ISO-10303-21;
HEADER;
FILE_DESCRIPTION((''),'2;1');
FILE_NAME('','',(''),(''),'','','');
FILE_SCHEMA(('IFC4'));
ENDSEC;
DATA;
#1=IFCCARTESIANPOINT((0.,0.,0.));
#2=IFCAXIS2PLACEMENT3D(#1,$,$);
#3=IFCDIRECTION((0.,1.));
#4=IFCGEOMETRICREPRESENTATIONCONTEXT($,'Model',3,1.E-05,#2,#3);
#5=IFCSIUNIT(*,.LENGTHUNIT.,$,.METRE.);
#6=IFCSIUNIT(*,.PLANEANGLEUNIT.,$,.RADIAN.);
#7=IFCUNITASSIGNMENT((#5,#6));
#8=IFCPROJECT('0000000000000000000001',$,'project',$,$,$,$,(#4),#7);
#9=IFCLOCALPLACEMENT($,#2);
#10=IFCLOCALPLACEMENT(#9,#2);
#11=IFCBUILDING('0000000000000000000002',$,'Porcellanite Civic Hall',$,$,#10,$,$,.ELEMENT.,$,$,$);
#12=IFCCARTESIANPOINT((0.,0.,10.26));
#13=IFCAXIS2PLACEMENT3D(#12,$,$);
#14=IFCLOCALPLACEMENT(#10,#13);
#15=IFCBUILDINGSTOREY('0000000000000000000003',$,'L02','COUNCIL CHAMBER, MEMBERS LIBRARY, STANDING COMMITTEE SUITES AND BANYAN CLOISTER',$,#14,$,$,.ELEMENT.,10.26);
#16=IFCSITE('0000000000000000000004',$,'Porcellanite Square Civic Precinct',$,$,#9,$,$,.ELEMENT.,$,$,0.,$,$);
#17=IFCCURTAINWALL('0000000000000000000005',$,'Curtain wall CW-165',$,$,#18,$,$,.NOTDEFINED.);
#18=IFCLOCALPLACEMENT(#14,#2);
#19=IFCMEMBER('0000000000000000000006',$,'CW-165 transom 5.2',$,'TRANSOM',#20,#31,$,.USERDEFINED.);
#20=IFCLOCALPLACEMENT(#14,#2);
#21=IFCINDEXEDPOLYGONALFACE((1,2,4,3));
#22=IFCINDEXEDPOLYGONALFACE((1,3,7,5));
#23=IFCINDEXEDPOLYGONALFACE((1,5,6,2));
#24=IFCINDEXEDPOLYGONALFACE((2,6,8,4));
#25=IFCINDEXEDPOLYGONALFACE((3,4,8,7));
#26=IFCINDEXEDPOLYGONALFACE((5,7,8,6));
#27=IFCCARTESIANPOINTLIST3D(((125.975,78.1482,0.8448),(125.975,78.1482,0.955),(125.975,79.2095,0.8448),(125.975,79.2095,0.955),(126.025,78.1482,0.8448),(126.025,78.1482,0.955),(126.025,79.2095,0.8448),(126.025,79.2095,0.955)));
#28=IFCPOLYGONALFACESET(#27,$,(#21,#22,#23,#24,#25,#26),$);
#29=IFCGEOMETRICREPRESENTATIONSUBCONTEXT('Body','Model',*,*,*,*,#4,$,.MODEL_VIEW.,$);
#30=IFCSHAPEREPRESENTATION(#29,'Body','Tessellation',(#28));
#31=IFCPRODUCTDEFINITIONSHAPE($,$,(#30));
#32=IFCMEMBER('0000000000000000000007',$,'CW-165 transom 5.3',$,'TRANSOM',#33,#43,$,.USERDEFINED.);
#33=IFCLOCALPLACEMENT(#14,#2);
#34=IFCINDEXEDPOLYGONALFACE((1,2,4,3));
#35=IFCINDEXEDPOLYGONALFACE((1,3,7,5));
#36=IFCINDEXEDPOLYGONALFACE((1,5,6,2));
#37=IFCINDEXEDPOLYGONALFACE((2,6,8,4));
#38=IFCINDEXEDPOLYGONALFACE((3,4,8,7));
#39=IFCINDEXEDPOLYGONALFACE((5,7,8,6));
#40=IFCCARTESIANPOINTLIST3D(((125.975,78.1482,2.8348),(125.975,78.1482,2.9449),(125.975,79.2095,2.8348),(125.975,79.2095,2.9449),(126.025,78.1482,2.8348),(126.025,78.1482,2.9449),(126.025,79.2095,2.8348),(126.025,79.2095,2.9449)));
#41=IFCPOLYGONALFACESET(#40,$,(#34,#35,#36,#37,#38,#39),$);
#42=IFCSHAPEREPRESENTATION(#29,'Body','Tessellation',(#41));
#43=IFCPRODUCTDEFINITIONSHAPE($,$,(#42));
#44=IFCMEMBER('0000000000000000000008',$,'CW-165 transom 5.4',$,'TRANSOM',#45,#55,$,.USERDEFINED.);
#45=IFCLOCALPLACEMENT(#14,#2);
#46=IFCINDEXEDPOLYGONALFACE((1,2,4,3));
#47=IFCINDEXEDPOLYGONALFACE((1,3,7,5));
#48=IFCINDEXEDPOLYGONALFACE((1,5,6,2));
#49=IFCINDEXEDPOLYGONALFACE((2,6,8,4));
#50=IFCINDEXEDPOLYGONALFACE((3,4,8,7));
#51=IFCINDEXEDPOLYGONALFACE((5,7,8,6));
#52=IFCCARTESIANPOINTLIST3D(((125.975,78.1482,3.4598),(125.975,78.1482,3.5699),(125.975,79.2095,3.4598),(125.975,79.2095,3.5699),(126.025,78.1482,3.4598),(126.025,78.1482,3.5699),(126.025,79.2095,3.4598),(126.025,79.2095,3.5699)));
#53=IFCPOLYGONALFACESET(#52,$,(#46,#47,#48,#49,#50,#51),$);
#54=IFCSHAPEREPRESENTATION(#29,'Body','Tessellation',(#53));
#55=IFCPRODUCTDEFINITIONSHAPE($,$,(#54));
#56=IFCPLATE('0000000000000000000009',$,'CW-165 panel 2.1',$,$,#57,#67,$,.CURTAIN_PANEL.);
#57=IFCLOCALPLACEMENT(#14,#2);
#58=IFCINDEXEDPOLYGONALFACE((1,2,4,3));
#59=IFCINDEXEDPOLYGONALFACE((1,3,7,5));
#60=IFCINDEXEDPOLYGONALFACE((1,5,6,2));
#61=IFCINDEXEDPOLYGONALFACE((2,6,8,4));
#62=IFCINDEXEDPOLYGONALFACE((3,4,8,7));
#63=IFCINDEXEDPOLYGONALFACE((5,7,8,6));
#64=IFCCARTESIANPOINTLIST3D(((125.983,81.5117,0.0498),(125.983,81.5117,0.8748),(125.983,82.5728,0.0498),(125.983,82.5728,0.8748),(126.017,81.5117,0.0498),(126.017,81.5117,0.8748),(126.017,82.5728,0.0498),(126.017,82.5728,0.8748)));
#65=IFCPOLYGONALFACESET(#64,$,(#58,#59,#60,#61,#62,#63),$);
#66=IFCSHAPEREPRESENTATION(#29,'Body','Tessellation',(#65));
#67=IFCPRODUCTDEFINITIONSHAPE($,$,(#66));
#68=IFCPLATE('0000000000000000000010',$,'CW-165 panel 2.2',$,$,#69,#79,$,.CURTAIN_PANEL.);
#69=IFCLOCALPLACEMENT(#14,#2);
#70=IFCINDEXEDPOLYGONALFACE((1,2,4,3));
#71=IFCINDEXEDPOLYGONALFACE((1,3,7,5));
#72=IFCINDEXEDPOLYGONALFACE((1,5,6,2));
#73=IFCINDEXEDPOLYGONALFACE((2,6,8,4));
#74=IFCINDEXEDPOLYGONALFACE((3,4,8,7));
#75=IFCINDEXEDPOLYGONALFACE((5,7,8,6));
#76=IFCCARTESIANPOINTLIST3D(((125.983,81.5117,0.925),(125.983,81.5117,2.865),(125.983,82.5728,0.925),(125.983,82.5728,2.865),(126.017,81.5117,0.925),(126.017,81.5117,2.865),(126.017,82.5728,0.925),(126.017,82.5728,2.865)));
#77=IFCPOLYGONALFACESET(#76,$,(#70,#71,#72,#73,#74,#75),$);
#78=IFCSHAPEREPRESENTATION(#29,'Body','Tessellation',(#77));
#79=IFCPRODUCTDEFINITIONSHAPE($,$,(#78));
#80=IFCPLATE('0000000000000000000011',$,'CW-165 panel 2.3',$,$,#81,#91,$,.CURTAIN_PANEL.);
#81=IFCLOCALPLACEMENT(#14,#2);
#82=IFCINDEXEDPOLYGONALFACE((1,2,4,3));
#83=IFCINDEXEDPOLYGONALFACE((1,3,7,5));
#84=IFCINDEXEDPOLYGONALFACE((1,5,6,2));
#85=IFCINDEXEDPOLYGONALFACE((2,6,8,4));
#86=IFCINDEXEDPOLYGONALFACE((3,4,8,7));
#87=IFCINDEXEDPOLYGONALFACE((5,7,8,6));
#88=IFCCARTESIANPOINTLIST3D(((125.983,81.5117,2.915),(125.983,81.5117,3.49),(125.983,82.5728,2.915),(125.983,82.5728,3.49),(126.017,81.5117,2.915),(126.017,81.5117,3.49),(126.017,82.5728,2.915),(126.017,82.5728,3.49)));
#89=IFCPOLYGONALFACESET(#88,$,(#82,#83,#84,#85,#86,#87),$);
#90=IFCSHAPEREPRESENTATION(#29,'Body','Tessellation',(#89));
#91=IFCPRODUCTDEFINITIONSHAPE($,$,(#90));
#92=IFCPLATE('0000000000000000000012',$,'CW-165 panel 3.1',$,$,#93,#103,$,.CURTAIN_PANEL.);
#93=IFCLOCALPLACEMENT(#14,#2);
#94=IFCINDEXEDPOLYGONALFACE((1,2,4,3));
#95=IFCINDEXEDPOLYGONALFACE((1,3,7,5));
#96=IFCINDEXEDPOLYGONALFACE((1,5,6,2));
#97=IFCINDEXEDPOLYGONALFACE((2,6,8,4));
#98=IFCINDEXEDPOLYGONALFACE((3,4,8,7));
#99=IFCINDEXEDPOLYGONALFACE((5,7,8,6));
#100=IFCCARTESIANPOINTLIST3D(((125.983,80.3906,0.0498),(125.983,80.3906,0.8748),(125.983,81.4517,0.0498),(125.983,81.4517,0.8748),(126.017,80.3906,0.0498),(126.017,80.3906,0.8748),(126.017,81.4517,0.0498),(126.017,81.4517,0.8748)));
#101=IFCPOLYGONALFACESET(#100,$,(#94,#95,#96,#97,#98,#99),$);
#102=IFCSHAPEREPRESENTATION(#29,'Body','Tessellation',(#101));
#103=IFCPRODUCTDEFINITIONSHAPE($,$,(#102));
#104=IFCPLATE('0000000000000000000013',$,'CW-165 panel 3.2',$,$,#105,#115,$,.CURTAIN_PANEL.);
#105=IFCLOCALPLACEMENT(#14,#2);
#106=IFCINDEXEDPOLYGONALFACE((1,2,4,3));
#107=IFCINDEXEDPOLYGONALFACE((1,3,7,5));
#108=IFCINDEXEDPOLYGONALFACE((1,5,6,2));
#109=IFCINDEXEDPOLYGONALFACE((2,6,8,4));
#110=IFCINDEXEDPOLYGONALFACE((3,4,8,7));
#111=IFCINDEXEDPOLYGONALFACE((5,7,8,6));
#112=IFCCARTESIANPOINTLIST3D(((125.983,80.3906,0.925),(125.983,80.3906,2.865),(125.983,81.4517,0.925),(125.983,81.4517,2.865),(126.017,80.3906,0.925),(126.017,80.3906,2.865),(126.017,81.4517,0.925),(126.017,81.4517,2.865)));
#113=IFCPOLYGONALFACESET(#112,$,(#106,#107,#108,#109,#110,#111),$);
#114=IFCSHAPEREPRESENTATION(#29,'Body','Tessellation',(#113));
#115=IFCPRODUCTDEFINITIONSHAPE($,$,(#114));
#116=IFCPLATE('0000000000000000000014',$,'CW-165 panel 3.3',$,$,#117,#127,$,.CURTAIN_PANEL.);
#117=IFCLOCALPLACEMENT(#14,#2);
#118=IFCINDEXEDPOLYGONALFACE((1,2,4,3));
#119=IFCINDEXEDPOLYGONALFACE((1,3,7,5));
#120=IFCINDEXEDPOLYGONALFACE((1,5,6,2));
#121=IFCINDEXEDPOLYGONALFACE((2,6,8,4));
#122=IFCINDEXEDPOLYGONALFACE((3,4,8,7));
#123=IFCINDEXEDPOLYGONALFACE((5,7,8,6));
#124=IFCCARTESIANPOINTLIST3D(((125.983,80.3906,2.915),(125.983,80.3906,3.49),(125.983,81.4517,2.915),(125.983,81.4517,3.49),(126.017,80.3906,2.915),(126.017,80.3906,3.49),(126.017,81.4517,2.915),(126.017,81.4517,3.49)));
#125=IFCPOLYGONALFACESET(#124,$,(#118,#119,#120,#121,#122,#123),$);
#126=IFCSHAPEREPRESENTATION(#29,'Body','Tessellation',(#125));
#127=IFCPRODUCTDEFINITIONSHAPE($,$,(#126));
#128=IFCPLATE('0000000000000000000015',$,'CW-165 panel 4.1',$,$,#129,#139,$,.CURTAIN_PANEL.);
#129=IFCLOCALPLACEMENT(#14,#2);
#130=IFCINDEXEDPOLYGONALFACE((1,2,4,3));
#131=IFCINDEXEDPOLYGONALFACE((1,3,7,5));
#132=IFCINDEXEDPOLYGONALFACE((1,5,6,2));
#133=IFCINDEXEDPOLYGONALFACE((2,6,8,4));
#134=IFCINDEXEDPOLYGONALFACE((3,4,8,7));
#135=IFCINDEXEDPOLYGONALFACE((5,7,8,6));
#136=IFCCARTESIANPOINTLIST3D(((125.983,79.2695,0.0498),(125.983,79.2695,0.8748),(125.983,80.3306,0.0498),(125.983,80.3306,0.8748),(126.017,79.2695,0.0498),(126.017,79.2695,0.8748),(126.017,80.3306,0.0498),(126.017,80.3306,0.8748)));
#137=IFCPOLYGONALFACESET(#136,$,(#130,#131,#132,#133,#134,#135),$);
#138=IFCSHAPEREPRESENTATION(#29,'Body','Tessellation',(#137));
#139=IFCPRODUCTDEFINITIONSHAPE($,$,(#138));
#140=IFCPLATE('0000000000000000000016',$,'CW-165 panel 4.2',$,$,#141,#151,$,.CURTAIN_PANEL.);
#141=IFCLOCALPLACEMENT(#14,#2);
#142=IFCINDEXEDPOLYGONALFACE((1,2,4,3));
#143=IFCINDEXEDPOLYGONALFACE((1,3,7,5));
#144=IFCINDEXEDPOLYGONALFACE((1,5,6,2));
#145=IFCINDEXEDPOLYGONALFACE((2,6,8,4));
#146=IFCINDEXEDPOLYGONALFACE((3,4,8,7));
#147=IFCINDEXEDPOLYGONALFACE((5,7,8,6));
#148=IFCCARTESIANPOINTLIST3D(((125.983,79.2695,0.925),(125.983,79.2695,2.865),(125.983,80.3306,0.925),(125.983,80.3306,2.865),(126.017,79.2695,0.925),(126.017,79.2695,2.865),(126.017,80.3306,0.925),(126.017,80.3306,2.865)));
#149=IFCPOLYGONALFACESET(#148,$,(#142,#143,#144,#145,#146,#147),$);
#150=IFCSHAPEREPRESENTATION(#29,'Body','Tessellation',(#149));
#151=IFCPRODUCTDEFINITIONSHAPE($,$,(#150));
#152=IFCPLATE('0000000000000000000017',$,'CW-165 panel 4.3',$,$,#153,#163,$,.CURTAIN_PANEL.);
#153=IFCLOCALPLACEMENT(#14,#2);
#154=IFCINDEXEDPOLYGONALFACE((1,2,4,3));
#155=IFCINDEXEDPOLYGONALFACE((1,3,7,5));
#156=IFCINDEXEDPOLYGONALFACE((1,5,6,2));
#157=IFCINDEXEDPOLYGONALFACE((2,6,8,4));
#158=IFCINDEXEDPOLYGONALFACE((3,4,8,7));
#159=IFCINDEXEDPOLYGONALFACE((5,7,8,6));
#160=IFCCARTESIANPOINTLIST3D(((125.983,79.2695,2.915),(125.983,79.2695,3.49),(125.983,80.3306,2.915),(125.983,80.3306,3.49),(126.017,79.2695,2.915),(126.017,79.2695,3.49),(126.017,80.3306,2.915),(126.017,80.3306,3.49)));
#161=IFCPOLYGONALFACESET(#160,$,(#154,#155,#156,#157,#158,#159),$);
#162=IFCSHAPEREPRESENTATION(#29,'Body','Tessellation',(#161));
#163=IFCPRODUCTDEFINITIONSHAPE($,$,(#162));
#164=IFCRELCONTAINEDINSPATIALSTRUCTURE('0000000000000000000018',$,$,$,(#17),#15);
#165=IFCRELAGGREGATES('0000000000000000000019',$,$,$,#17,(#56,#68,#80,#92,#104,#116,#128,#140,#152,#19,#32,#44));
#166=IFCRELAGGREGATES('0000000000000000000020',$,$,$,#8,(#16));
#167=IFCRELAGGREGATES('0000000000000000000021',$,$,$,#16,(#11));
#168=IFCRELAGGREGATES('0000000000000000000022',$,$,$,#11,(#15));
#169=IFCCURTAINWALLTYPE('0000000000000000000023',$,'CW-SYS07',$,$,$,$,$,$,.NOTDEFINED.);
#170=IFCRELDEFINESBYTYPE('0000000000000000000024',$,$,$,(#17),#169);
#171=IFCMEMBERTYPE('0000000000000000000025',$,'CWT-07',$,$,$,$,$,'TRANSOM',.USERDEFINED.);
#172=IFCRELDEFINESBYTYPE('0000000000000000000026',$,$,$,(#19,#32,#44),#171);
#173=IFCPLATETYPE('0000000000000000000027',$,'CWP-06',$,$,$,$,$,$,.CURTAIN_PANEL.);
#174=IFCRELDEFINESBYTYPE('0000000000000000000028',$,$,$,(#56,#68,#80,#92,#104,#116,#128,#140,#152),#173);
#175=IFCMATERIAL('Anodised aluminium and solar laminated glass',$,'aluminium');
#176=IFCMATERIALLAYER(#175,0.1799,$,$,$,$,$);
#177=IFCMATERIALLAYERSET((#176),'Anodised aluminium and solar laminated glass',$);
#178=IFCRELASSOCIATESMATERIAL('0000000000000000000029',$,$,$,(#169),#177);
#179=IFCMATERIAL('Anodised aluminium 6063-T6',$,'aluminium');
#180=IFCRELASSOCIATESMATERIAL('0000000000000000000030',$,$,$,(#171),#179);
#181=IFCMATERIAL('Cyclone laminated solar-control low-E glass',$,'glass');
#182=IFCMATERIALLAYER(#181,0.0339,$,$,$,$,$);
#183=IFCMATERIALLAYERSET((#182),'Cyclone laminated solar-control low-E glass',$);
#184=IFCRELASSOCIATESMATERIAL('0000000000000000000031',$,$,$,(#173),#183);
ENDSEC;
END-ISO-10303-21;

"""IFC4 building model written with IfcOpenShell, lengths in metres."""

from ifc_helpers import new_model, si_unit, direction, frame, origin, origin_2d, place, context, subcontext, project, spatial, rectangle, extrude, material, layer, layer_set, material_profile, profile_set, type_object, element, aggregate, save


model = new_model("IFC4")

# Units and contexts
model_context = context("Model", 3, precision=1e-05, world=origin(), true_north=direction((0.0, 1.0)))
body_context = subcontext(model_context, "Body", "Model", "MODEL_VIEW")
ifc_project = project(units=[si_unit("LENGTHUNIT", "METRE"), si_unit("PLANEANGLEUNIT", "RADIAN")], contexts=[model_context])

# Site, building, storey
site_placement = place(None, origin())
site = spatial("IfcSite", under=ifc_project, at=site_placement, Name="Porcellanite Square Civic Precinct", CompositionType="ELEMENT", RefElevation=0.0)
building_placement = place(site_placement, origin())
building = spatial("IfcBuilding", under=site, at=building_placement, Name="Porcellanite Civic Hall", CompositionType="ELEMENT")
storey_placement = place(building_placement, frame((0.0, 0.0, 10.26)))
storey = spatial("IfcBuildingStorey", under=building, at=storey_placement, Name="L02", Description="COUNCIL CHAMBER, MEMBERS LIBRARY, STANDING COMMITTEE SUITES AND BANYAN CLOISTER", CompositionType="ELEMENT", Elevation=10.26)

# Curtain wall, members, plates
ifc_material_1 = material(Name="Anodised aluminium and solar laminated glass", Category="aluminium")
ifc_layer_1 = layer(ifc_material_1, 0.1799)
ifc_layer_set_1 = layer_set([ifc_layer_1], Name="Anodised aluminium and solar laminated glass")
curtain_wall_type = type_object("IfcCurtainWallType", Name="CW-SYS07", PredefinedType="NOTDEFINED", material=ifc_layer_set_1)
curtain_wall_placement = place(storey_placement, origin())
curtain_wall = element("IfcCurtainWall", 1, at=curtain_wall_placement, inside=storey, type_object=curtain_wall_type, Name="Curtain wall CW-165", PredefinedType="NOTDEFINED")
ifc_material_2 = material(Name="Anodised aluminium 6063-T6", Category="aluminium")
ifc_material_profile_1 = material_profile(ifc_material_2, rectangle(XDim=0.05, YDim=0.1101, at=origin_2d()), Name="AL-50x110")
ifc_profile_set_1 = profile_set([ifc_material_profile_1], Name="Anodised aluminium 6063-T6")
member_type_1 = type_object("IfcMemberType", Name="CWT-07", ElementType="TRANSOM", PredefinedType="USERDEFINED", material=ifc_profile_set_1)
member_1_placement = place(storey_placement, frame((126.0, 79.2095, 0.8999), z_axis=(0.0, -1.0, 0.0), x_axis=(1.0, 0.0, 0.0)))
member_1 = element("IfcMember", 2, at=member_1_placement, type_object=member_type_1, Name="CW-165 transom 5.2", ObjectType="TRANSOM", PredefinedType="USERDEFINED", context=body_context, shape_type="SweptSolid", body=[
    extrude(rectangle(XDim=0.05, YDim=0.1101, at=origin_2d()), origin(), (0.0, 0.0, 1.0), 1.0613),
])
member_2_placement = place(storey_placement, frame((126.0, 79.2095, 2.8899), z_axis=(0.0, -1.0, 0.0), x_axis=(1.0, 0.0, 0.0)))
member_2 = element("IfcMember", 3, at=member_2_placement, type_object=member_type_1, Name="CW-165 transom 5.3", ObjectType="TRANSOM", PredefinedType="USERDEFINED", context=body_context, shape_type="SweptSolid", body=[
    extrude(rectangle(XDim=0.05, YDim=0.1101, at=origin_2d()), origin(), (0.0, 0.0, 1.0), 1.0613),
])
member_3_placement = place(storey_placement, frame((126.0, 79.2095, 3.5149), z_axis=(0.0, -1.0, 0.0), x_axis=(1.0, 0.0, 0.0)))
member_3 = element("IfcMember", 4, at=member_3_placement, type_object=member_type_1, Name="CW-165 transom 5.4", ObjectType="TRANSOM", PredefinedType="USERDEFINED", context=body_context, shape_type="SweptSolid", body=[
    extrude(rectangle(XDim=0.05, YDim=0.1101, at=origin_2d()), origin(), (0.0, 0.0, 1.0), 1.0613),
])
ifc_material_3 = material(Name="Cyclone laminated solar-control low-E glass", Category="glass")
ifc_layer_2 = layer(ifc_material_3, 0.0339)
ifc_layer_set_2 = layer_set([ifc_layer_2], Name="Cyclone laminated solar-control low-E glass")
plate_type = type_object("IfcPlateType", Name="CWP-06", PredefinedType="CURTAIN_PANEL", material=ifc_layer_set_2)
plate_1_placement = place(storey_placement, frame((126.0, 82.0422, 0.0498), z_axis=(0.0, 0.0, 1.0), x_axis=(0.0, -1.0, 0.0)))
plate_1 = element("IfcPlate", 5, at=plate_1_placement, type_object=plate_type, Name="CW-165 panel 2.1", PredefinedType="CURTAIN_PANEL", context=body_context, shape_type="SweptSolid", body=[
    extrude(rectangle(XDim=1.061, YDim=0.0339, at=origin_2d()), origin(), (0.0, 0.0, 1.0), 0.825),
])
plate_2_placement = place(storey_placement, frame((126.0, 82.0422, 0.925), z_axis=(0.0, 0.0, 1.0), x_axis=(0.0, -1.0, 0.0)))
plate_2 = element("IfcPlate", 6, at=plate_2_placement, type_object=plate_type, Name="CW-165 panel 2.2", PredefinedType="CURTAIN_PANEL", context=body_context, shape_type="SweptSolid", body=[
    extrude(rectangle(XDim=1.061, YDim=0.0339, at=origin_2d()), origin(), (0.0, 0.0, 1.0), 1.9399),
])
plate_3_placement = place(storey_placement, frame((126.0, 82.0422, 2.915), z_axis=(0.0, 0.0, 1.0), x_axis=(0.0, -1.0, 0.0)))
plate_3 = element("IfcPlate", 7, at=plate_3_placement, type_object=plate_type, Name="CW-165 panel 2.3", PredefinedType="CURTAIN_PANEL", context=body_context, shape_type="SweptSolid", body=[
    extrude(rectangle(XDim=1.061, YDim=0.0339, at=origin_2d()), origin(), (0.0, 0.0, 1.0), 0.575),
])
plate_4_placement = place(storey_placement, frame((126.0, 80.9211, 0.0498), z_axis=(0.0, 0.0, 1.0), x_axis=(0.0, -1.0, 0.0)))
plate_4 = element("IfcPlate", 8, at=plate_4_placement, type_object=plate_type, Name="CW-165 panel 3.1", PredefinedType="CURTAIN_PANEL", context=body_context, shape_type="SweptSolid", body=[
    extrude(rectangle(XDim=1.061, YDim=0.0339, at=origin_2d()), origin(), (0.0, 0.0, 1.0), 0.825),
])
plate_5_placement = place(storey_placement, frame((126.0, 80.9211, 0.925), z_axis=(0.0, 0.0, 1.0), x_axis=(0.0, -1.0, 0.0)))
plate_5 = element("IfcPlate", 9, at=plate_5_placement, type_object=plate_type, Name="CW-165 panel 3.2", PredefinedType="CURTAIN_PANEL", context=body_context, shape_type="SweptSolid", body=[
    extrude(rectangle(XDim=1.061, YDim=0.0339, at=origin_2d()), origin(), (0.0, 0.0, 1.0), 1.9399),
])
plate_6_placement = place(storey_placement, frame((126.0, 80.9211, 2.915), z_axis=(0.0, 0.0, 1.0), x_axis=(0.0, -1.0, 0.0)))
plate_6 = element("IfcPlate", 10, at=plate_6_placement, type_object=plate_type, Name="CW-165 panel 3.3", PredefinedType="CURTAIN_PANEL", context=body_context, shape_type="SweptSolid", body=[
    extrude(rectangle(XDim=1.061, YDim=0.0339, at=origin_2d()), origin(), (0.0, 0.0, 1.0), 0.575),
])
plate_7_placement = place(storey_placement, frame((126.0, 79.8, 0.0498), z_axis=(0.0, 0.0, 1.0), x_axis=(0.0, -1.0, 0.0)))
plate_7 = element("IfcPlate", 11, at=plate_7_placement, type_object=plate_type, Name="CW-165 panel 4.1", PredefinedType="CURTAIN_PANEL", context=body_context, shape_type="SweptSolid", body=[
    extrude(rectangle(XDim=1.061, YDim=0.0339, at=origin_2d()), origin(), (0.0, 0.0, 1.0), 0.825),
])
plate_8_placement = place(storey_placement, frame((126.0, 79.8, 0.925), z_axis=(0.0, 0.0, 1.0), x_axis=(0.0, -1.0, 0.0)))
plate_8 = element("IfcPlate", 12, at=plate_8_placement, type_object=plate_type, Name="CW-165 panel 4.2", PredefinedType="CURTAIN_PANEL", context=body_context, shape_type="SweptSolid", body=[
    extrude(rectangle(XDim=1.061, YDim=0.0339, at=origin_2d()), origin(), (0.0, 0.0, 1.0), 1.9399),
])
plate_9_placement = place(storey_placement, frame((126.0, 79.8, 2.915), z_axis=(0.0, 0.0, 1.0), x_axis=(0.0, -1.0, 0.0)))
plate_9 = element("IfcPlate", 13, at=plate_9_placement, type_object=plate_type, Name="CW-165 panel 4.3", PredefinedType="CURTAIN_PANEL", context=body_context, shape_type="SweptSolid", body=[
    extrude(rectangle(XDim=1.061, YDim=0.0339, at=origin_2d()), origin(), (0.0, 0.0, 1.0), 0.575),
])
aggregate(curtain_wall, [plate_1, plate_2, plate_3, plate_4, plate_5, plate_6, plate_7, plate_8, plate_9, member_1, member_2, member_3])

save(model, "model.ifc")
